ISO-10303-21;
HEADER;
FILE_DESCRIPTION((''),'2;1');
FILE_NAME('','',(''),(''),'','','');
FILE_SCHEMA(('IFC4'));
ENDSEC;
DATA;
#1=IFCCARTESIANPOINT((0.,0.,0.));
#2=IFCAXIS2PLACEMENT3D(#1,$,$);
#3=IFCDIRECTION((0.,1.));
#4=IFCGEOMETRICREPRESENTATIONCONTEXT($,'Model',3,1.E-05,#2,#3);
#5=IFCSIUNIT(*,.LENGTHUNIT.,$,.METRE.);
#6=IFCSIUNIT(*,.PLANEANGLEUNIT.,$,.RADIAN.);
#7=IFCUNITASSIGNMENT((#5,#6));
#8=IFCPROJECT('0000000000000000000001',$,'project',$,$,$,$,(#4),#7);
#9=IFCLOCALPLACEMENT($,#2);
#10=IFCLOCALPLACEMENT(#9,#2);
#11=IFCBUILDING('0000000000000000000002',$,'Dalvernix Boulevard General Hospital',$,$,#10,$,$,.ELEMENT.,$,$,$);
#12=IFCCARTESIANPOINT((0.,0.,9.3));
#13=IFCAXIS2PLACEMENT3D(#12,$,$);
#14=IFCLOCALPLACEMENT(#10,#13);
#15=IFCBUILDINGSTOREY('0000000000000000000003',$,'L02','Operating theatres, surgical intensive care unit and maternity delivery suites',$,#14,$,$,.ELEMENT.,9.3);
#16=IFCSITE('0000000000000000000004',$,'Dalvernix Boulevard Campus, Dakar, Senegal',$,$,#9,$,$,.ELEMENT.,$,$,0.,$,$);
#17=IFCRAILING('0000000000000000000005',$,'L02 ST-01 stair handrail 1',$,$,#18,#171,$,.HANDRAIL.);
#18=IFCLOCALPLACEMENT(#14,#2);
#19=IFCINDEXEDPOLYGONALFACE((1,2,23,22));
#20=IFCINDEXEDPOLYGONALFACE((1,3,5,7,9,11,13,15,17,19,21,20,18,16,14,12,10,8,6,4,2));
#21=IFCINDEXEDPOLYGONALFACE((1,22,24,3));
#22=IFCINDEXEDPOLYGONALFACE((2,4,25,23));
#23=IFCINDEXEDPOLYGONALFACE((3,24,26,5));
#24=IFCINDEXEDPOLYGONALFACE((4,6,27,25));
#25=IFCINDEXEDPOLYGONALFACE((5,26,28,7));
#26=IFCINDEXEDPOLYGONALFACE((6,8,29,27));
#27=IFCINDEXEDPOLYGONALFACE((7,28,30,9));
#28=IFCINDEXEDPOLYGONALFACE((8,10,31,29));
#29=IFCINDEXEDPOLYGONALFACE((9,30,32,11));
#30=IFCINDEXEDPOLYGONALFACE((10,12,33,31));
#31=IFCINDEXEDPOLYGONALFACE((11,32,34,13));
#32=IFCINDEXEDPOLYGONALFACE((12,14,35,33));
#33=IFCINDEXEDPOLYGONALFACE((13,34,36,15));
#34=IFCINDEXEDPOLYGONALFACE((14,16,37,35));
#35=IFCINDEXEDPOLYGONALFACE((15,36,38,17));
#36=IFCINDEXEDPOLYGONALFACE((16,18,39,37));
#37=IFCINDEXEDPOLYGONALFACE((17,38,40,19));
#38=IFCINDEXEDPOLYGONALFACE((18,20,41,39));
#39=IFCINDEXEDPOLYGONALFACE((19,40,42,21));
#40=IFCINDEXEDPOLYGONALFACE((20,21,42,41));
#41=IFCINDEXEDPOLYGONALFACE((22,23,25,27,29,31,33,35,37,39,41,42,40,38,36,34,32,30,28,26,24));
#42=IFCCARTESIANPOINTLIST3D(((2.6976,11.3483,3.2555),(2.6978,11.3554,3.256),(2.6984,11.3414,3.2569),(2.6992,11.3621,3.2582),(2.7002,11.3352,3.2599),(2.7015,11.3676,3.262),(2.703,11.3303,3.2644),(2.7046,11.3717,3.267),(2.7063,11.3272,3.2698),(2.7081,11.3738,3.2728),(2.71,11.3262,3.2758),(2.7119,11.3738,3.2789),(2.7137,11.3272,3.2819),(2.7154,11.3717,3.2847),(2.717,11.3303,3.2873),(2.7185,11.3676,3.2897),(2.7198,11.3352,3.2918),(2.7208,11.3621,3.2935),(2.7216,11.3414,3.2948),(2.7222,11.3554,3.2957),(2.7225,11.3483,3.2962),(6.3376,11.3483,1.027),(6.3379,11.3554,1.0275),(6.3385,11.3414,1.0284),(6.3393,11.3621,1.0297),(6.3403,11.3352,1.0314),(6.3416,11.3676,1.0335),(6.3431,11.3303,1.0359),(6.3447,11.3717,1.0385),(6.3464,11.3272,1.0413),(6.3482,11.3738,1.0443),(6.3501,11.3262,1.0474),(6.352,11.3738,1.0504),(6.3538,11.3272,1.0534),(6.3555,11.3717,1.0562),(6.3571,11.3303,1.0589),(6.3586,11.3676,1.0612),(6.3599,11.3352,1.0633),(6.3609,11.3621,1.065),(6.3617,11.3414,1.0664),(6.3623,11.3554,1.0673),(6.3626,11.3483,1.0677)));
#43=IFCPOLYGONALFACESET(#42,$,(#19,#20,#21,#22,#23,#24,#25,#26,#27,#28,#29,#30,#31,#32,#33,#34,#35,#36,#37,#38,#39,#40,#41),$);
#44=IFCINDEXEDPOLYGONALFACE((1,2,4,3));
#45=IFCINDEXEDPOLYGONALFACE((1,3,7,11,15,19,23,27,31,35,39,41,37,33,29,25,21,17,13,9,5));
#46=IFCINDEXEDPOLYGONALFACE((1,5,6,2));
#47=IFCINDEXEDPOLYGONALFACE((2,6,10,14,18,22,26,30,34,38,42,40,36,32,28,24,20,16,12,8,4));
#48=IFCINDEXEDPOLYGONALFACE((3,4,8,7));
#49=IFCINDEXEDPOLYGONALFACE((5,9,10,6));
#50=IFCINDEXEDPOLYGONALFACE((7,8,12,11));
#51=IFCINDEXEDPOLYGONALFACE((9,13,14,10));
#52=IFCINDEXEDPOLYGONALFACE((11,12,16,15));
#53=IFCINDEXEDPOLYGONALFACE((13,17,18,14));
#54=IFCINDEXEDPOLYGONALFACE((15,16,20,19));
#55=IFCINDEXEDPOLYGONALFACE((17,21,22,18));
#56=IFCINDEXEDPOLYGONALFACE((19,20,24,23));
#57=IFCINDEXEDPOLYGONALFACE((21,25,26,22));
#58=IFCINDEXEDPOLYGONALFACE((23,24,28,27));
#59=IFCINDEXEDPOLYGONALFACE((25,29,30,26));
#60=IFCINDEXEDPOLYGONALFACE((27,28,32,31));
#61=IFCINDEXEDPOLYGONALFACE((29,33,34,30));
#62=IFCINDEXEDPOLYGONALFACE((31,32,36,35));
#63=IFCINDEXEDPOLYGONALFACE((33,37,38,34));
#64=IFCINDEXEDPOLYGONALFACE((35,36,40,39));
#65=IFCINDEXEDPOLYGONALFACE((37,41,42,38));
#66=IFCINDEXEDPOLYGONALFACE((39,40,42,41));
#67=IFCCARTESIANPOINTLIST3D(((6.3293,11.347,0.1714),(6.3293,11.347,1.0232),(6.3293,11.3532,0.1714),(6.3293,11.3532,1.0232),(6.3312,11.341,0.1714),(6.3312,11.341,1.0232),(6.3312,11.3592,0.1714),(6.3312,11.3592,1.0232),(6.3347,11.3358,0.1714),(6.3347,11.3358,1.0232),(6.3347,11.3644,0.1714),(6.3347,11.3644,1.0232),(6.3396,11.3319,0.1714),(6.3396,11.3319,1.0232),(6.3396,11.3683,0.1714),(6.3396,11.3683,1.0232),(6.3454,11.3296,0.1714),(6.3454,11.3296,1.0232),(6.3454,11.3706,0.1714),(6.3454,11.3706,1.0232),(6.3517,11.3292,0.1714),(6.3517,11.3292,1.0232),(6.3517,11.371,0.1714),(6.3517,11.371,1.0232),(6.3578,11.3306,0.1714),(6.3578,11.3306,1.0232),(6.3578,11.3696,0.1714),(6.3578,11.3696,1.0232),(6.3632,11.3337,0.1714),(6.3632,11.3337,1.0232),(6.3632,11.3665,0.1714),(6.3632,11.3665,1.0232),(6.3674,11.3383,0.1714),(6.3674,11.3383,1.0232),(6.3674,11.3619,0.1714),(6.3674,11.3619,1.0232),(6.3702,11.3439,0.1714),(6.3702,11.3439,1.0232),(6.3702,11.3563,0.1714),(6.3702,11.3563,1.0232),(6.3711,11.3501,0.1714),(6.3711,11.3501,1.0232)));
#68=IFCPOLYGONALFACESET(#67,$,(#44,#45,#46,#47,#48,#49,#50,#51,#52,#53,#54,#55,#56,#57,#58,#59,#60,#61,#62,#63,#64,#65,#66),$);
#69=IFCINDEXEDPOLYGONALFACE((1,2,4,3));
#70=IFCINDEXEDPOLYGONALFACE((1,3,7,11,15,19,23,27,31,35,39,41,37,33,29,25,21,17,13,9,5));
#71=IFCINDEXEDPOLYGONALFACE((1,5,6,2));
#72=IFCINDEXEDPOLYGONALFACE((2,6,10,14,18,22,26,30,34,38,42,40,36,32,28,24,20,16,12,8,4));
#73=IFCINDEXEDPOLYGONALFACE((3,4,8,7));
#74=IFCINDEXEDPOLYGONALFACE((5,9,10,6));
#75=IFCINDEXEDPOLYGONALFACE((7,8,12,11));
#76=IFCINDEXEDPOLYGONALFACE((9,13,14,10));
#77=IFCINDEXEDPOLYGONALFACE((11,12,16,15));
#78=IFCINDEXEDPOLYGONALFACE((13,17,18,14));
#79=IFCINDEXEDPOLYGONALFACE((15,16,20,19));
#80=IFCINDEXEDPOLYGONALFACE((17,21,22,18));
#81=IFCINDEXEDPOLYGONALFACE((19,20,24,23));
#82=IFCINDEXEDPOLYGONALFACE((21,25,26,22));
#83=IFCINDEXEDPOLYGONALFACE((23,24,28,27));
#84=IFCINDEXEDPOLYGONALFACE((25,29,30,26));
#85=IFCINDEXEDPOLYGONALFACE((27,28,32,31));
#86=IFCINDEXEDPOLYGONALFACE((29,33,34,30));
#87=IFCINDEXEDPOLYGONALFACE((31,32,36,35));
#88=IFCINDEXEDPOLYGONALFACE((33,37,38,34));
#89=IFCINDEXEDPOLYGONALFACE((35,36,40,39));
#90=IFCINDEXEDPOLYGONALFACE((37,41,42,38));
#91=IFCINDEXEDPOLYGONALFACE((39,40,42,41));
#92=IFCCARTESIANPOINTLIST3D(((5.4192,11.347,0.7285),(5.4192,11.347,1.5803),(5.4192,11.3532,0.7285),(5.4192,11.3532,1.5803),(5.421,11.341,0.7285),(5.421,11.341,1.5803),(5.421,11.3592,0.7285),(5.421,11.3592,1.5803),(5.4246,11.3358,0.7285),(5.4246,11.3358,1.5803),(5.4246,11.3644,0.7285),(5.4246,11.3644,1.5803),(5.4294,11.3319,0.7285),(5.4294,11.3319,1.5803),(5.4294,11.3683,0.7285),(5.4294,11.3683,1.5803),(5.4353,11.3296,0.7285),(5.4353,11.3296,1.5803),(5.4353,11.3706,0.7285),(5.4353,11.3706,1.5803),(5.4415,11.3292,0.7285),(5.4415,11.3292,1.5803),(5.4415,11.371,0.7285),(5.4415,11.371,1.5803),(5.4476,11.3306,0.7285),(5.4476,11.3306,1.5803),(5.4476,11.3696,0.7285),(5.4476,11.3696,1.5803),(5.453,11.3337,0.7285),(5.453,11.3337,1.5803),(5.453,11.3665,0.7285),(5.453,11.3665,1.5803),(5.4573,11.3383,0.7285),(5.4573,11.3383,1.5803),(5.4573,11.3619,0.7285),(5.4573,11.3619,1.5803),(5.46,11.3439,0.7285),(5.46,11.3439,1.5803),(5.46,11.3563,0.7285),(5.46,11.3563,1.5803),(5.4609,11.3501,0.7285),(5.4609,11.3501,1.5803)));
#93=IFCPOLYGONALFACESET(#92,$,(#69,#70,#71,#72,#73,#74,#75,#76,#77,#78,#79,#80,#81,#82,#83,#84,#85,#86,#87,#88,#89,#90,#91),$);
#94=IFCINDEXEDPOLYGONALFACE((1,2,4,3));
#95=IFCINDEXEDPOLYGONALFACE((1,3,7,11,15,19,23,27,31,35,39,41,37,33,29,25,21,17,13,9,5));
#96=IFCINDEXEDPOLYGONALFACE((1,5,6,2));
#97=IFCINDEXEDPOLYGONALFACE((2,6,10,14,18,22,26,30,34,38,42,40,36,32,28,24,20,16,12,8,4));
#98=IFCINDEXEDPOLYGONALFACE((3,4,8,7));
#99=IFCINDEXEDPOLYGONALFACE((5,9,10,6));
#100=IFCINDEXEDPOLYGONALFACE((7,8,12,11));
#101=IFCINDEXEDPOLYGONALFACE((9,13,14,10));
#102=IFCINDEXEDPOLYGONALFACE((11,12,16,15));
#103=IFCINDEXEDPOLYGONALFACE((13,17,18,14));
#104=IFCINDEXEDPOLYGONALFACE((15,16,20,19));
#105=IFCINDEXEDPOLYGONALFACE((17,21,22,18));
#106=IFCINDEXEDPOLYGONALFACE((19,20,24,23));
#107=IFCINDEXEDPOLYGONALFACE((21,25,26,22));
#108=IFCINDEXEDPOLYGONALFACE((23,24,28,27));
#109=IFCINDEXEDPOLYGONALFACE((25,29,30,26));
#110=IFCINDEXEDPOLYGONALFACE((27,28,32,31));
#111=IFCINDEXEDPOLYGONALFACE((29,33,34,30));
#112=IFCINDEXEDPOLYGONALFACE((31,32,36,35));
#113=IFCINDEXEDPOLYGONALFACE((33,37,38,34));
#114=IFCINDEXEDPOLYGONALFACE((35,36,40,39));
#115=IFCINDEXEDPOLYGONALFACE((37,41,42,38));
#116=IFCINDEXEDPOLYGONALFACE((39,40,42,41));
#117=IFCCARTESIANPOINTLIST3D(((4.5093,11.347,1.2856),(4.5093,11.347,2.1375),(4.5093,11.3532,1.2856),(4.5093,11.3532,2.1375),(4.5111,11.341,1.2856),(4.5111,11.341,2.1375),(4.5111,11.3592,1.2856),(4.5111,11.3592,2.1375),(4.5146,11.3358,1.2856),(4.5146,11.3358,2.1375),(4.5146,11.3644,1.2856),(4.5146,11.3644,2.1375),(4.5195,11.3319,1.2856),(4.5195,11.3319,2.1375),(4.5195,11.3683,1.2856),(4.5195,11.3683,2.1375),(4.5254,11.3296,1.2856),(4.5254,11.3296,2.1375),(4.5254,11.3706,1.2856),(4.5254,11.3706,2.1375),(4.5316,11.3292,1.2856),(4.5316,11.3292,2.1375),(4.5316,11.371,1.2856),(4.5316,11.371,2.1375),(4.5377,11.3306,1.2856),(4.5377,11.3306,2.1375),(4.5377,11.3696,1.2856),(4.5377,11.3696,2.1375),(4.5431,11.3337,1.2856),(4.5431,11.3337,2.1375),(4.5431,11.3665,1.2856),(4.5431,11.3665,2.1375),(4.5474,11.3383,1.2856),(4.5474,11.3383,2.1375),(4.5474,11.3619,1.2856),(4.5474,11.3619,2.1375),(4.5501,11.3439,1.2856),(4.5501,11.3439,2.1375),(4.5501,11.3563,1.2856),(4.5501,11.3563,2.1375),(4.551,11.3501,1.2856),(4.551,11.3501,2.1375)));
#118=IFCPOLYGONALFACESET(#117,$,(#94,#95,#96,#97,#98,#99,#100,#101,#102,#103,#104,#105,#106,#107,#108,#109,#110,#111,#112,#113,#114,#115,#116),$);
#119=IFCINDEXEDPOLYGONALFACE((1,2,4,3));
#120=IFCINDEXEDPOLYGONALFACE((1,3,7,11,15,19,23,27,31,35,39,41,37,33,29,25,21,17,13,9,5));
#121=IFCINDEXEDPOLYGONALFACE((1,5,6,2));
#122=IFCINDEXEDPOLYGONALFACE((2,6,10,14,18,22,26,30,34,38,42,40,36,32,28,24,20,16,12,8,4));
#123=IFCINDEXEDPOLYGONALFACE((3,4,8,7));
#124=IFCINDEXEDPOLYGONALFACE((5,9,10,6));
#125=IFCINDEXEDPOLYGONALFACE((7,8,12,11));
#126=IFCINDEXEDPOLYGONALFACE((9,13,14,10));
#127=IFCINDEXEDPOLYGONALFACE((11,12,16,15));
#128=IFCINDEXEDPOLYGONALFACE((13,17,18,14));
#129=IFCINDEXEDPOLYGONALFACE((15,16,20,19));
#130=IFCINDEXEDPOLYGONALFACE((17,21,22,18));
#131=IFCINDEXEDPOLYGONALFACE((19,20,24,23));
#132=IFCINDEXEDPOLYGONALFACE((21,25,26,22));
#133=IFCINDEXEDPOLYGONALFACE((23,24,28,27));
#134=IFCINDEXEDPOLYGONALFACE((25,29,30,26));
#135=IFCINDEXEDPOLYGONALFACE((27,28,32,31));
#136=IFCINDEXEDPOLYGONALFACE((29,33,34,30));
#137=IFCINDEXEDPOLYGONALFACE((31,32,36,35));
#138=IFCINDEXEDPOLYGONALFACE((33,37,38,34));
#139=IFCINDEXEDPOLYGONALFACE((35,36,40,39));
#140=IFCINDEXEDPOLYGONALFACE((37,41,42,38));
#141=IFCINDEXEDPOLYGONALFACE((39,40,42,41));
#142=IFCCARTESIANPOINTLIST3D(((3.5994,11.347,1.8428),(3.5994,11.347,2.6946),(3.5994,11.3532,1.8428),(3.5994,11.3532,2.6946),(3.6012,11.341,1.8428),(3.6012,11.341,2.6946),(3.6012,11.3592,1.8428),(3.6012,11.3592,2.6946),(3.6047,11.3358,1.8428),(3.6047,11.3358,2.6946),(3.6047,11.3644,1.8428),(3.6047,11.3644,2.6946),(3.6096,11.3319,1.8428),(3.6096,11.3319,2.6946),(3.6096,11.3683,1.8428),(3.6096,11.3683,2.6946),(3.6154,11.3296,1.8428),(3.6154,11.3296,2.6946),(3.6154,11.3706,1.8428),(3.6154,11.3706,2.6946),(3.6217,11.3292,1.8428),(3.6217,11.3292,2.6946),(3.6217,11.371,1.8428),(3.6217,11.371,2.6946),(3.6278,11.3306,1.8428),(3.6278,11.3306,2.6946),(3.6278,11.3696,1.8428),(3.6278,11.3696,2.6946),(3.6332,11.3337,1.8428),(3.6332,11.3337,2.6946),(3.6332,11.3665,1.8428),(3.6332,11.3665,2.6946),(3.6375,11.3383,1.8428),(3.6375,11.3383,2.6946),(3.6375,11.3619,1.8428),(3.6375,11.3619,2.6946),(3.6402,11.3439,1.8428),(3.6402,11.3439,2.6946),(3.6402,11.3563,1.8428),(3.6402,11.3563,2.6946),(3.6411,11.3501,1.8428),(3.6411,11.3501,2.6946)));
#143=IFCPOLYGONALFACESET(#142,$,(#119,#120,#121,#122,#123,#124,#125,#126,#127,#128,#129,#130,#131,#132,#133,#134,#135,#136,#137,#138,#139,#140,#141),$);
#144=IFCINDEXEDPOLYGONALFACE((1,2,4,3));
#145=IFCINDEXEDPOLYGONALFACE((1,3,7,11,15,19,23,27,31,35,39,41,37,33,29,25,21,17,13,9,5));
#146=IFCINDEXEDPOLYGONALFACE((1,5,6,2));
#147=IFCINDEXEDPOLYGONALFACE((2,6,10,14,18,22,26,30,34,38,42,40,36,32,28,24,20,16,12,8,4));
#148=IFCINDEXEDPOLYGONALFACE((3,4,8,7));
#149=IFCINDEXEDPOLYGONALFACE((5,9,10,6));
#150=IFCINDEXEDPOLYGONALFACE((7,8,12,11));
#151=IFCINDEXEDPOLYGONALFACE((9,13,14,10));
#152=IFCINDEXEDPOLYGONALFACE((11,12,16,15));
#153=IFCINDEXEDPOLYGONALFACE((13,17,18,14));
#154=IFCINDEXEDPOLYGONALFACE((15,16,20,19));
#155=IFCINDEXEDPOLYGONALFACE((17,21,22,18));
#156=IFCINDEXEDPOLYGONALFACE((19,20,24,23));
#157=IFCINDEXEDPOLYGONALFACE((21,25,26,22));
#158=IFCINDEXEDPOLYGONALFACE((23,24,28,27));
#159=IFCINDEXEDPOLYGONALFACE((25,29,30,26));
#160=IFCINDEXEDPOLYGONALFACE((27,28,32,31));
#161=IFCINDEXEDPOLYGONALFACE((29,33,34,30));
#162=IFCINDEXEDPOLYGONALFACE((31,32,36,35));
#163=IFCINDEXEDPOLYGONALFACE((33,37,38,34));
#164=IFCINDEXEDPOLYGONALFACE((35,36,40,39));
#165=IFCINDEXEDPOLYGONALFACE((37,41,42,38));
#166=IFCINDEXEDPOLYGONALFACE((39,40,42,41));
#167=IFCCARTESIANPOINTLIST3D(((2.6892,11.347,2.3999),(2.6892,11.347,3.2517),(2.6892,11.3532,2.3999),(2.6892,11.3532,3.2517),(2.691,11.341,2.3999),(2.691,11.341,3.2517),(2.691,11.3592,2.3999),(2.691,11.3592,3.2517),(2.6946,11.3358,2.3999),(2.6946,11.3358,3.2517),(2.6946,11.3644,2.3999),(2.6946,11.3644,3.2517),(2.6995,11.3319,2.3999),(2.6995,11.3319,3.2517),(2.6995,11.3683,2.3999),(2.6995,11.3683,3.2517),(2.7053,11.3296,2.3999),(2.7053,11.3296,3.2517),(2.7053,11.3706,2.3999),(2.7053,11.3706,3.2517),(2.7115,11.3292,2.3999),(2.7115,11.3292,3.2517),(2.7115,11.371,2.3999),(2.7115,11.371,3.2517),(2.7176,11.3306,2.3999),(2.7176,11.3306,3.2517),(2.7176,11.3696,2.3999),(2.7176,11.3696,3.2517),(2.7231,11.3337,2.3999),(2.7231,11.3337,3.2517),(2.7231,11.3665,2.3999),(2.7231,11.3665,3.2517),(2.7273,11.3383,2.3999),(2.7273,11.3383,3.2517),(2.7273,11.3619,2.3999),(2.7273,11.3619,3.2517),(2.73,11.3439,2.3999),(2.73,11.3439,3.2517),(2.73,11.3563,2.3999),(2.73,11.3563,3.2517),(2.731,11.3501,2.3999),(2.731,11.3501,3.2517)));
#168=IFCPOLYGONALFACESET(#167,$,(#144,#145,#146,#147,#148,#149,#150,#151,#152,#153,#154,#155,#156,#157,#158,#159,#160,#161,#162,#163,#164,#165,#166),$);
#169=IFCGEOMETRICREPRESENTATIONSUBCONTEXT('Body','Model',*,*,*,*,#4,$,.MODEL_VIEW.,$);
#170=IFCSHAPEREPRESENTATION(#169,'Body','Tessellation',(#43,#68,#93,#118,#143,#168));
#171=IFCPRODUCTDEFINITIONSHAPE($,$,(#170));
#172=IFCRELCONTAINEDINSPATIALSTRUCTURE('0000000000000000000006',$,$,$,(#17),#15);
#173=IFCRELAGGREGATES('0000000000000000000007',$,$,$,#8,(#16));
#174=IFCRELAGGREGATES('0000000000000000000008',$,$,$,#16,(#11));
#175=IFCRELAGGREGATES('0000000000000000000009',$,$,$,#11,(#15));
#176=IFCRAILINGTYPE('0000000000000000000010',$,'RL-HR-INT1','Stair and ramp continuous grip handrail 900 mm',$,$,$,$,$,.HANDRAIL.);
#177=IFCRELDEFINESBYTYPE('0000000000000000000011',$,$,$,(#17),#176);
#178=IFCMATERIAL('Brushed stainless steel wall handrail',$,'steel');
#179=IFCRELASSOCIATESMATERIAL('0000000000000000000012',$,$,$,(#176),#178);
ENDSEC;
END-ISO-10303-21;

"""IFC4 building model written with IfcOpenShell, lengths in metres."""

from ifc_helpers import new_model, si_unit, direction, frame, origin, origin_2d, place, context, subcontext, project, spatial, circle, extrude, material, type_object, element, save


model = new_model("IFC4")

# Units and contexts
model_context = context("Model", 3, precision=1e-05, world=origin(), true_north=direction((0.0, 1.0)))
body_context = subcontext(model_context, "Body", "Model", "MODEL_VIEW")
ifc_project = project(units=[si_unit("LENGTHUNIT", "METRE"), si_unit("PLANEANGLEUNIT", "RADIAN")], contexts=[model_context])

# Site, building, storey
site_placement = place(None, origin())
site = spatial("IfcSite", under=ifc_project, at=site_placement, Name="Dalvernix Boulevard Campus, Dakar, Senegal", CompositionType="ELEMENT", RefElevation=0.0)
building_placement = place(site_placement, origin())
building = spatial("IfcBuilding", under=site, at=building_placement, Name="Dalvernix Boulevard General Hospital", CompositionType="ELEMENT")
storey_placement = place(building_placement, frame((0.0, 0.0, 9.3)))
storey = spatial("IfcBuildingStorey", under=building, at=storey_placement, Name="L02", Description="Operating theatres, surgical intensive care unit and maternity delivery suites", CompositionType="ELEMENT", Elevation=9.3)

# Railing
ifc_material_1 = material(Name="Brushed stainless steel wall handrail", Category="steel")
railing_type_1 = type_object("IfcRailingType", Name="RL-HR-INT1", Description="Stair and ramp continuous grip handrail 900 mm", PredefinedType="HANDRAIL", material=ifc_material_1)
railing_1_placement = place(storey_placement, frame((6.3501, 11.3501, 0.1714)))
element("IfcRailing", 1, at=railing_1_placement, inside=storey, type_object=railing_type_1, Name="L02 ST-01 stair handrail 1", PredefinedType="HANDRAIL", context=body_context, shape_type="SweptSolid", body=[
    extrude(circle(Radius=0.0239, at=origin_2d()), frame((0.0, 0.0, 0.876), z_axis=(-0.852866, 0.0, 0.52213), x_axis=(0.0, -1.0, 0.0)), (0.0, 0.0, 1.0), 4.2681),
    extrude(circle(Radius=0.021, at=origin_2d()), origin(), (0.0, 0.0, 1.0), 0.8518),
    extrude(circle(Radius=0.021, at=origin_2d()), frame((-0.9102, 0.0, 0.5571)), (0.0, 0.0, 1.0), 0.8518),
    extrude(circle(Radius=0.021, at=origin_2d()), frame((-1.8201, 0.0, 1.1143)), (0.0, 0.0, 1.0), 0.8518),
    extrude(circle(Radius=0.021, at=origin_2d()), frame((-2.73, 0.0, 1.6714)), (0.0, 0.0, 1.0), 0.8518),
    extrude(circle(Radius=0.021, at=origin_2d()), frame((-3.6401, 0.0, 2.2285)), (0.0, 0.0, 1.0), 0.8518),
])

save(model, "model.ifc")
